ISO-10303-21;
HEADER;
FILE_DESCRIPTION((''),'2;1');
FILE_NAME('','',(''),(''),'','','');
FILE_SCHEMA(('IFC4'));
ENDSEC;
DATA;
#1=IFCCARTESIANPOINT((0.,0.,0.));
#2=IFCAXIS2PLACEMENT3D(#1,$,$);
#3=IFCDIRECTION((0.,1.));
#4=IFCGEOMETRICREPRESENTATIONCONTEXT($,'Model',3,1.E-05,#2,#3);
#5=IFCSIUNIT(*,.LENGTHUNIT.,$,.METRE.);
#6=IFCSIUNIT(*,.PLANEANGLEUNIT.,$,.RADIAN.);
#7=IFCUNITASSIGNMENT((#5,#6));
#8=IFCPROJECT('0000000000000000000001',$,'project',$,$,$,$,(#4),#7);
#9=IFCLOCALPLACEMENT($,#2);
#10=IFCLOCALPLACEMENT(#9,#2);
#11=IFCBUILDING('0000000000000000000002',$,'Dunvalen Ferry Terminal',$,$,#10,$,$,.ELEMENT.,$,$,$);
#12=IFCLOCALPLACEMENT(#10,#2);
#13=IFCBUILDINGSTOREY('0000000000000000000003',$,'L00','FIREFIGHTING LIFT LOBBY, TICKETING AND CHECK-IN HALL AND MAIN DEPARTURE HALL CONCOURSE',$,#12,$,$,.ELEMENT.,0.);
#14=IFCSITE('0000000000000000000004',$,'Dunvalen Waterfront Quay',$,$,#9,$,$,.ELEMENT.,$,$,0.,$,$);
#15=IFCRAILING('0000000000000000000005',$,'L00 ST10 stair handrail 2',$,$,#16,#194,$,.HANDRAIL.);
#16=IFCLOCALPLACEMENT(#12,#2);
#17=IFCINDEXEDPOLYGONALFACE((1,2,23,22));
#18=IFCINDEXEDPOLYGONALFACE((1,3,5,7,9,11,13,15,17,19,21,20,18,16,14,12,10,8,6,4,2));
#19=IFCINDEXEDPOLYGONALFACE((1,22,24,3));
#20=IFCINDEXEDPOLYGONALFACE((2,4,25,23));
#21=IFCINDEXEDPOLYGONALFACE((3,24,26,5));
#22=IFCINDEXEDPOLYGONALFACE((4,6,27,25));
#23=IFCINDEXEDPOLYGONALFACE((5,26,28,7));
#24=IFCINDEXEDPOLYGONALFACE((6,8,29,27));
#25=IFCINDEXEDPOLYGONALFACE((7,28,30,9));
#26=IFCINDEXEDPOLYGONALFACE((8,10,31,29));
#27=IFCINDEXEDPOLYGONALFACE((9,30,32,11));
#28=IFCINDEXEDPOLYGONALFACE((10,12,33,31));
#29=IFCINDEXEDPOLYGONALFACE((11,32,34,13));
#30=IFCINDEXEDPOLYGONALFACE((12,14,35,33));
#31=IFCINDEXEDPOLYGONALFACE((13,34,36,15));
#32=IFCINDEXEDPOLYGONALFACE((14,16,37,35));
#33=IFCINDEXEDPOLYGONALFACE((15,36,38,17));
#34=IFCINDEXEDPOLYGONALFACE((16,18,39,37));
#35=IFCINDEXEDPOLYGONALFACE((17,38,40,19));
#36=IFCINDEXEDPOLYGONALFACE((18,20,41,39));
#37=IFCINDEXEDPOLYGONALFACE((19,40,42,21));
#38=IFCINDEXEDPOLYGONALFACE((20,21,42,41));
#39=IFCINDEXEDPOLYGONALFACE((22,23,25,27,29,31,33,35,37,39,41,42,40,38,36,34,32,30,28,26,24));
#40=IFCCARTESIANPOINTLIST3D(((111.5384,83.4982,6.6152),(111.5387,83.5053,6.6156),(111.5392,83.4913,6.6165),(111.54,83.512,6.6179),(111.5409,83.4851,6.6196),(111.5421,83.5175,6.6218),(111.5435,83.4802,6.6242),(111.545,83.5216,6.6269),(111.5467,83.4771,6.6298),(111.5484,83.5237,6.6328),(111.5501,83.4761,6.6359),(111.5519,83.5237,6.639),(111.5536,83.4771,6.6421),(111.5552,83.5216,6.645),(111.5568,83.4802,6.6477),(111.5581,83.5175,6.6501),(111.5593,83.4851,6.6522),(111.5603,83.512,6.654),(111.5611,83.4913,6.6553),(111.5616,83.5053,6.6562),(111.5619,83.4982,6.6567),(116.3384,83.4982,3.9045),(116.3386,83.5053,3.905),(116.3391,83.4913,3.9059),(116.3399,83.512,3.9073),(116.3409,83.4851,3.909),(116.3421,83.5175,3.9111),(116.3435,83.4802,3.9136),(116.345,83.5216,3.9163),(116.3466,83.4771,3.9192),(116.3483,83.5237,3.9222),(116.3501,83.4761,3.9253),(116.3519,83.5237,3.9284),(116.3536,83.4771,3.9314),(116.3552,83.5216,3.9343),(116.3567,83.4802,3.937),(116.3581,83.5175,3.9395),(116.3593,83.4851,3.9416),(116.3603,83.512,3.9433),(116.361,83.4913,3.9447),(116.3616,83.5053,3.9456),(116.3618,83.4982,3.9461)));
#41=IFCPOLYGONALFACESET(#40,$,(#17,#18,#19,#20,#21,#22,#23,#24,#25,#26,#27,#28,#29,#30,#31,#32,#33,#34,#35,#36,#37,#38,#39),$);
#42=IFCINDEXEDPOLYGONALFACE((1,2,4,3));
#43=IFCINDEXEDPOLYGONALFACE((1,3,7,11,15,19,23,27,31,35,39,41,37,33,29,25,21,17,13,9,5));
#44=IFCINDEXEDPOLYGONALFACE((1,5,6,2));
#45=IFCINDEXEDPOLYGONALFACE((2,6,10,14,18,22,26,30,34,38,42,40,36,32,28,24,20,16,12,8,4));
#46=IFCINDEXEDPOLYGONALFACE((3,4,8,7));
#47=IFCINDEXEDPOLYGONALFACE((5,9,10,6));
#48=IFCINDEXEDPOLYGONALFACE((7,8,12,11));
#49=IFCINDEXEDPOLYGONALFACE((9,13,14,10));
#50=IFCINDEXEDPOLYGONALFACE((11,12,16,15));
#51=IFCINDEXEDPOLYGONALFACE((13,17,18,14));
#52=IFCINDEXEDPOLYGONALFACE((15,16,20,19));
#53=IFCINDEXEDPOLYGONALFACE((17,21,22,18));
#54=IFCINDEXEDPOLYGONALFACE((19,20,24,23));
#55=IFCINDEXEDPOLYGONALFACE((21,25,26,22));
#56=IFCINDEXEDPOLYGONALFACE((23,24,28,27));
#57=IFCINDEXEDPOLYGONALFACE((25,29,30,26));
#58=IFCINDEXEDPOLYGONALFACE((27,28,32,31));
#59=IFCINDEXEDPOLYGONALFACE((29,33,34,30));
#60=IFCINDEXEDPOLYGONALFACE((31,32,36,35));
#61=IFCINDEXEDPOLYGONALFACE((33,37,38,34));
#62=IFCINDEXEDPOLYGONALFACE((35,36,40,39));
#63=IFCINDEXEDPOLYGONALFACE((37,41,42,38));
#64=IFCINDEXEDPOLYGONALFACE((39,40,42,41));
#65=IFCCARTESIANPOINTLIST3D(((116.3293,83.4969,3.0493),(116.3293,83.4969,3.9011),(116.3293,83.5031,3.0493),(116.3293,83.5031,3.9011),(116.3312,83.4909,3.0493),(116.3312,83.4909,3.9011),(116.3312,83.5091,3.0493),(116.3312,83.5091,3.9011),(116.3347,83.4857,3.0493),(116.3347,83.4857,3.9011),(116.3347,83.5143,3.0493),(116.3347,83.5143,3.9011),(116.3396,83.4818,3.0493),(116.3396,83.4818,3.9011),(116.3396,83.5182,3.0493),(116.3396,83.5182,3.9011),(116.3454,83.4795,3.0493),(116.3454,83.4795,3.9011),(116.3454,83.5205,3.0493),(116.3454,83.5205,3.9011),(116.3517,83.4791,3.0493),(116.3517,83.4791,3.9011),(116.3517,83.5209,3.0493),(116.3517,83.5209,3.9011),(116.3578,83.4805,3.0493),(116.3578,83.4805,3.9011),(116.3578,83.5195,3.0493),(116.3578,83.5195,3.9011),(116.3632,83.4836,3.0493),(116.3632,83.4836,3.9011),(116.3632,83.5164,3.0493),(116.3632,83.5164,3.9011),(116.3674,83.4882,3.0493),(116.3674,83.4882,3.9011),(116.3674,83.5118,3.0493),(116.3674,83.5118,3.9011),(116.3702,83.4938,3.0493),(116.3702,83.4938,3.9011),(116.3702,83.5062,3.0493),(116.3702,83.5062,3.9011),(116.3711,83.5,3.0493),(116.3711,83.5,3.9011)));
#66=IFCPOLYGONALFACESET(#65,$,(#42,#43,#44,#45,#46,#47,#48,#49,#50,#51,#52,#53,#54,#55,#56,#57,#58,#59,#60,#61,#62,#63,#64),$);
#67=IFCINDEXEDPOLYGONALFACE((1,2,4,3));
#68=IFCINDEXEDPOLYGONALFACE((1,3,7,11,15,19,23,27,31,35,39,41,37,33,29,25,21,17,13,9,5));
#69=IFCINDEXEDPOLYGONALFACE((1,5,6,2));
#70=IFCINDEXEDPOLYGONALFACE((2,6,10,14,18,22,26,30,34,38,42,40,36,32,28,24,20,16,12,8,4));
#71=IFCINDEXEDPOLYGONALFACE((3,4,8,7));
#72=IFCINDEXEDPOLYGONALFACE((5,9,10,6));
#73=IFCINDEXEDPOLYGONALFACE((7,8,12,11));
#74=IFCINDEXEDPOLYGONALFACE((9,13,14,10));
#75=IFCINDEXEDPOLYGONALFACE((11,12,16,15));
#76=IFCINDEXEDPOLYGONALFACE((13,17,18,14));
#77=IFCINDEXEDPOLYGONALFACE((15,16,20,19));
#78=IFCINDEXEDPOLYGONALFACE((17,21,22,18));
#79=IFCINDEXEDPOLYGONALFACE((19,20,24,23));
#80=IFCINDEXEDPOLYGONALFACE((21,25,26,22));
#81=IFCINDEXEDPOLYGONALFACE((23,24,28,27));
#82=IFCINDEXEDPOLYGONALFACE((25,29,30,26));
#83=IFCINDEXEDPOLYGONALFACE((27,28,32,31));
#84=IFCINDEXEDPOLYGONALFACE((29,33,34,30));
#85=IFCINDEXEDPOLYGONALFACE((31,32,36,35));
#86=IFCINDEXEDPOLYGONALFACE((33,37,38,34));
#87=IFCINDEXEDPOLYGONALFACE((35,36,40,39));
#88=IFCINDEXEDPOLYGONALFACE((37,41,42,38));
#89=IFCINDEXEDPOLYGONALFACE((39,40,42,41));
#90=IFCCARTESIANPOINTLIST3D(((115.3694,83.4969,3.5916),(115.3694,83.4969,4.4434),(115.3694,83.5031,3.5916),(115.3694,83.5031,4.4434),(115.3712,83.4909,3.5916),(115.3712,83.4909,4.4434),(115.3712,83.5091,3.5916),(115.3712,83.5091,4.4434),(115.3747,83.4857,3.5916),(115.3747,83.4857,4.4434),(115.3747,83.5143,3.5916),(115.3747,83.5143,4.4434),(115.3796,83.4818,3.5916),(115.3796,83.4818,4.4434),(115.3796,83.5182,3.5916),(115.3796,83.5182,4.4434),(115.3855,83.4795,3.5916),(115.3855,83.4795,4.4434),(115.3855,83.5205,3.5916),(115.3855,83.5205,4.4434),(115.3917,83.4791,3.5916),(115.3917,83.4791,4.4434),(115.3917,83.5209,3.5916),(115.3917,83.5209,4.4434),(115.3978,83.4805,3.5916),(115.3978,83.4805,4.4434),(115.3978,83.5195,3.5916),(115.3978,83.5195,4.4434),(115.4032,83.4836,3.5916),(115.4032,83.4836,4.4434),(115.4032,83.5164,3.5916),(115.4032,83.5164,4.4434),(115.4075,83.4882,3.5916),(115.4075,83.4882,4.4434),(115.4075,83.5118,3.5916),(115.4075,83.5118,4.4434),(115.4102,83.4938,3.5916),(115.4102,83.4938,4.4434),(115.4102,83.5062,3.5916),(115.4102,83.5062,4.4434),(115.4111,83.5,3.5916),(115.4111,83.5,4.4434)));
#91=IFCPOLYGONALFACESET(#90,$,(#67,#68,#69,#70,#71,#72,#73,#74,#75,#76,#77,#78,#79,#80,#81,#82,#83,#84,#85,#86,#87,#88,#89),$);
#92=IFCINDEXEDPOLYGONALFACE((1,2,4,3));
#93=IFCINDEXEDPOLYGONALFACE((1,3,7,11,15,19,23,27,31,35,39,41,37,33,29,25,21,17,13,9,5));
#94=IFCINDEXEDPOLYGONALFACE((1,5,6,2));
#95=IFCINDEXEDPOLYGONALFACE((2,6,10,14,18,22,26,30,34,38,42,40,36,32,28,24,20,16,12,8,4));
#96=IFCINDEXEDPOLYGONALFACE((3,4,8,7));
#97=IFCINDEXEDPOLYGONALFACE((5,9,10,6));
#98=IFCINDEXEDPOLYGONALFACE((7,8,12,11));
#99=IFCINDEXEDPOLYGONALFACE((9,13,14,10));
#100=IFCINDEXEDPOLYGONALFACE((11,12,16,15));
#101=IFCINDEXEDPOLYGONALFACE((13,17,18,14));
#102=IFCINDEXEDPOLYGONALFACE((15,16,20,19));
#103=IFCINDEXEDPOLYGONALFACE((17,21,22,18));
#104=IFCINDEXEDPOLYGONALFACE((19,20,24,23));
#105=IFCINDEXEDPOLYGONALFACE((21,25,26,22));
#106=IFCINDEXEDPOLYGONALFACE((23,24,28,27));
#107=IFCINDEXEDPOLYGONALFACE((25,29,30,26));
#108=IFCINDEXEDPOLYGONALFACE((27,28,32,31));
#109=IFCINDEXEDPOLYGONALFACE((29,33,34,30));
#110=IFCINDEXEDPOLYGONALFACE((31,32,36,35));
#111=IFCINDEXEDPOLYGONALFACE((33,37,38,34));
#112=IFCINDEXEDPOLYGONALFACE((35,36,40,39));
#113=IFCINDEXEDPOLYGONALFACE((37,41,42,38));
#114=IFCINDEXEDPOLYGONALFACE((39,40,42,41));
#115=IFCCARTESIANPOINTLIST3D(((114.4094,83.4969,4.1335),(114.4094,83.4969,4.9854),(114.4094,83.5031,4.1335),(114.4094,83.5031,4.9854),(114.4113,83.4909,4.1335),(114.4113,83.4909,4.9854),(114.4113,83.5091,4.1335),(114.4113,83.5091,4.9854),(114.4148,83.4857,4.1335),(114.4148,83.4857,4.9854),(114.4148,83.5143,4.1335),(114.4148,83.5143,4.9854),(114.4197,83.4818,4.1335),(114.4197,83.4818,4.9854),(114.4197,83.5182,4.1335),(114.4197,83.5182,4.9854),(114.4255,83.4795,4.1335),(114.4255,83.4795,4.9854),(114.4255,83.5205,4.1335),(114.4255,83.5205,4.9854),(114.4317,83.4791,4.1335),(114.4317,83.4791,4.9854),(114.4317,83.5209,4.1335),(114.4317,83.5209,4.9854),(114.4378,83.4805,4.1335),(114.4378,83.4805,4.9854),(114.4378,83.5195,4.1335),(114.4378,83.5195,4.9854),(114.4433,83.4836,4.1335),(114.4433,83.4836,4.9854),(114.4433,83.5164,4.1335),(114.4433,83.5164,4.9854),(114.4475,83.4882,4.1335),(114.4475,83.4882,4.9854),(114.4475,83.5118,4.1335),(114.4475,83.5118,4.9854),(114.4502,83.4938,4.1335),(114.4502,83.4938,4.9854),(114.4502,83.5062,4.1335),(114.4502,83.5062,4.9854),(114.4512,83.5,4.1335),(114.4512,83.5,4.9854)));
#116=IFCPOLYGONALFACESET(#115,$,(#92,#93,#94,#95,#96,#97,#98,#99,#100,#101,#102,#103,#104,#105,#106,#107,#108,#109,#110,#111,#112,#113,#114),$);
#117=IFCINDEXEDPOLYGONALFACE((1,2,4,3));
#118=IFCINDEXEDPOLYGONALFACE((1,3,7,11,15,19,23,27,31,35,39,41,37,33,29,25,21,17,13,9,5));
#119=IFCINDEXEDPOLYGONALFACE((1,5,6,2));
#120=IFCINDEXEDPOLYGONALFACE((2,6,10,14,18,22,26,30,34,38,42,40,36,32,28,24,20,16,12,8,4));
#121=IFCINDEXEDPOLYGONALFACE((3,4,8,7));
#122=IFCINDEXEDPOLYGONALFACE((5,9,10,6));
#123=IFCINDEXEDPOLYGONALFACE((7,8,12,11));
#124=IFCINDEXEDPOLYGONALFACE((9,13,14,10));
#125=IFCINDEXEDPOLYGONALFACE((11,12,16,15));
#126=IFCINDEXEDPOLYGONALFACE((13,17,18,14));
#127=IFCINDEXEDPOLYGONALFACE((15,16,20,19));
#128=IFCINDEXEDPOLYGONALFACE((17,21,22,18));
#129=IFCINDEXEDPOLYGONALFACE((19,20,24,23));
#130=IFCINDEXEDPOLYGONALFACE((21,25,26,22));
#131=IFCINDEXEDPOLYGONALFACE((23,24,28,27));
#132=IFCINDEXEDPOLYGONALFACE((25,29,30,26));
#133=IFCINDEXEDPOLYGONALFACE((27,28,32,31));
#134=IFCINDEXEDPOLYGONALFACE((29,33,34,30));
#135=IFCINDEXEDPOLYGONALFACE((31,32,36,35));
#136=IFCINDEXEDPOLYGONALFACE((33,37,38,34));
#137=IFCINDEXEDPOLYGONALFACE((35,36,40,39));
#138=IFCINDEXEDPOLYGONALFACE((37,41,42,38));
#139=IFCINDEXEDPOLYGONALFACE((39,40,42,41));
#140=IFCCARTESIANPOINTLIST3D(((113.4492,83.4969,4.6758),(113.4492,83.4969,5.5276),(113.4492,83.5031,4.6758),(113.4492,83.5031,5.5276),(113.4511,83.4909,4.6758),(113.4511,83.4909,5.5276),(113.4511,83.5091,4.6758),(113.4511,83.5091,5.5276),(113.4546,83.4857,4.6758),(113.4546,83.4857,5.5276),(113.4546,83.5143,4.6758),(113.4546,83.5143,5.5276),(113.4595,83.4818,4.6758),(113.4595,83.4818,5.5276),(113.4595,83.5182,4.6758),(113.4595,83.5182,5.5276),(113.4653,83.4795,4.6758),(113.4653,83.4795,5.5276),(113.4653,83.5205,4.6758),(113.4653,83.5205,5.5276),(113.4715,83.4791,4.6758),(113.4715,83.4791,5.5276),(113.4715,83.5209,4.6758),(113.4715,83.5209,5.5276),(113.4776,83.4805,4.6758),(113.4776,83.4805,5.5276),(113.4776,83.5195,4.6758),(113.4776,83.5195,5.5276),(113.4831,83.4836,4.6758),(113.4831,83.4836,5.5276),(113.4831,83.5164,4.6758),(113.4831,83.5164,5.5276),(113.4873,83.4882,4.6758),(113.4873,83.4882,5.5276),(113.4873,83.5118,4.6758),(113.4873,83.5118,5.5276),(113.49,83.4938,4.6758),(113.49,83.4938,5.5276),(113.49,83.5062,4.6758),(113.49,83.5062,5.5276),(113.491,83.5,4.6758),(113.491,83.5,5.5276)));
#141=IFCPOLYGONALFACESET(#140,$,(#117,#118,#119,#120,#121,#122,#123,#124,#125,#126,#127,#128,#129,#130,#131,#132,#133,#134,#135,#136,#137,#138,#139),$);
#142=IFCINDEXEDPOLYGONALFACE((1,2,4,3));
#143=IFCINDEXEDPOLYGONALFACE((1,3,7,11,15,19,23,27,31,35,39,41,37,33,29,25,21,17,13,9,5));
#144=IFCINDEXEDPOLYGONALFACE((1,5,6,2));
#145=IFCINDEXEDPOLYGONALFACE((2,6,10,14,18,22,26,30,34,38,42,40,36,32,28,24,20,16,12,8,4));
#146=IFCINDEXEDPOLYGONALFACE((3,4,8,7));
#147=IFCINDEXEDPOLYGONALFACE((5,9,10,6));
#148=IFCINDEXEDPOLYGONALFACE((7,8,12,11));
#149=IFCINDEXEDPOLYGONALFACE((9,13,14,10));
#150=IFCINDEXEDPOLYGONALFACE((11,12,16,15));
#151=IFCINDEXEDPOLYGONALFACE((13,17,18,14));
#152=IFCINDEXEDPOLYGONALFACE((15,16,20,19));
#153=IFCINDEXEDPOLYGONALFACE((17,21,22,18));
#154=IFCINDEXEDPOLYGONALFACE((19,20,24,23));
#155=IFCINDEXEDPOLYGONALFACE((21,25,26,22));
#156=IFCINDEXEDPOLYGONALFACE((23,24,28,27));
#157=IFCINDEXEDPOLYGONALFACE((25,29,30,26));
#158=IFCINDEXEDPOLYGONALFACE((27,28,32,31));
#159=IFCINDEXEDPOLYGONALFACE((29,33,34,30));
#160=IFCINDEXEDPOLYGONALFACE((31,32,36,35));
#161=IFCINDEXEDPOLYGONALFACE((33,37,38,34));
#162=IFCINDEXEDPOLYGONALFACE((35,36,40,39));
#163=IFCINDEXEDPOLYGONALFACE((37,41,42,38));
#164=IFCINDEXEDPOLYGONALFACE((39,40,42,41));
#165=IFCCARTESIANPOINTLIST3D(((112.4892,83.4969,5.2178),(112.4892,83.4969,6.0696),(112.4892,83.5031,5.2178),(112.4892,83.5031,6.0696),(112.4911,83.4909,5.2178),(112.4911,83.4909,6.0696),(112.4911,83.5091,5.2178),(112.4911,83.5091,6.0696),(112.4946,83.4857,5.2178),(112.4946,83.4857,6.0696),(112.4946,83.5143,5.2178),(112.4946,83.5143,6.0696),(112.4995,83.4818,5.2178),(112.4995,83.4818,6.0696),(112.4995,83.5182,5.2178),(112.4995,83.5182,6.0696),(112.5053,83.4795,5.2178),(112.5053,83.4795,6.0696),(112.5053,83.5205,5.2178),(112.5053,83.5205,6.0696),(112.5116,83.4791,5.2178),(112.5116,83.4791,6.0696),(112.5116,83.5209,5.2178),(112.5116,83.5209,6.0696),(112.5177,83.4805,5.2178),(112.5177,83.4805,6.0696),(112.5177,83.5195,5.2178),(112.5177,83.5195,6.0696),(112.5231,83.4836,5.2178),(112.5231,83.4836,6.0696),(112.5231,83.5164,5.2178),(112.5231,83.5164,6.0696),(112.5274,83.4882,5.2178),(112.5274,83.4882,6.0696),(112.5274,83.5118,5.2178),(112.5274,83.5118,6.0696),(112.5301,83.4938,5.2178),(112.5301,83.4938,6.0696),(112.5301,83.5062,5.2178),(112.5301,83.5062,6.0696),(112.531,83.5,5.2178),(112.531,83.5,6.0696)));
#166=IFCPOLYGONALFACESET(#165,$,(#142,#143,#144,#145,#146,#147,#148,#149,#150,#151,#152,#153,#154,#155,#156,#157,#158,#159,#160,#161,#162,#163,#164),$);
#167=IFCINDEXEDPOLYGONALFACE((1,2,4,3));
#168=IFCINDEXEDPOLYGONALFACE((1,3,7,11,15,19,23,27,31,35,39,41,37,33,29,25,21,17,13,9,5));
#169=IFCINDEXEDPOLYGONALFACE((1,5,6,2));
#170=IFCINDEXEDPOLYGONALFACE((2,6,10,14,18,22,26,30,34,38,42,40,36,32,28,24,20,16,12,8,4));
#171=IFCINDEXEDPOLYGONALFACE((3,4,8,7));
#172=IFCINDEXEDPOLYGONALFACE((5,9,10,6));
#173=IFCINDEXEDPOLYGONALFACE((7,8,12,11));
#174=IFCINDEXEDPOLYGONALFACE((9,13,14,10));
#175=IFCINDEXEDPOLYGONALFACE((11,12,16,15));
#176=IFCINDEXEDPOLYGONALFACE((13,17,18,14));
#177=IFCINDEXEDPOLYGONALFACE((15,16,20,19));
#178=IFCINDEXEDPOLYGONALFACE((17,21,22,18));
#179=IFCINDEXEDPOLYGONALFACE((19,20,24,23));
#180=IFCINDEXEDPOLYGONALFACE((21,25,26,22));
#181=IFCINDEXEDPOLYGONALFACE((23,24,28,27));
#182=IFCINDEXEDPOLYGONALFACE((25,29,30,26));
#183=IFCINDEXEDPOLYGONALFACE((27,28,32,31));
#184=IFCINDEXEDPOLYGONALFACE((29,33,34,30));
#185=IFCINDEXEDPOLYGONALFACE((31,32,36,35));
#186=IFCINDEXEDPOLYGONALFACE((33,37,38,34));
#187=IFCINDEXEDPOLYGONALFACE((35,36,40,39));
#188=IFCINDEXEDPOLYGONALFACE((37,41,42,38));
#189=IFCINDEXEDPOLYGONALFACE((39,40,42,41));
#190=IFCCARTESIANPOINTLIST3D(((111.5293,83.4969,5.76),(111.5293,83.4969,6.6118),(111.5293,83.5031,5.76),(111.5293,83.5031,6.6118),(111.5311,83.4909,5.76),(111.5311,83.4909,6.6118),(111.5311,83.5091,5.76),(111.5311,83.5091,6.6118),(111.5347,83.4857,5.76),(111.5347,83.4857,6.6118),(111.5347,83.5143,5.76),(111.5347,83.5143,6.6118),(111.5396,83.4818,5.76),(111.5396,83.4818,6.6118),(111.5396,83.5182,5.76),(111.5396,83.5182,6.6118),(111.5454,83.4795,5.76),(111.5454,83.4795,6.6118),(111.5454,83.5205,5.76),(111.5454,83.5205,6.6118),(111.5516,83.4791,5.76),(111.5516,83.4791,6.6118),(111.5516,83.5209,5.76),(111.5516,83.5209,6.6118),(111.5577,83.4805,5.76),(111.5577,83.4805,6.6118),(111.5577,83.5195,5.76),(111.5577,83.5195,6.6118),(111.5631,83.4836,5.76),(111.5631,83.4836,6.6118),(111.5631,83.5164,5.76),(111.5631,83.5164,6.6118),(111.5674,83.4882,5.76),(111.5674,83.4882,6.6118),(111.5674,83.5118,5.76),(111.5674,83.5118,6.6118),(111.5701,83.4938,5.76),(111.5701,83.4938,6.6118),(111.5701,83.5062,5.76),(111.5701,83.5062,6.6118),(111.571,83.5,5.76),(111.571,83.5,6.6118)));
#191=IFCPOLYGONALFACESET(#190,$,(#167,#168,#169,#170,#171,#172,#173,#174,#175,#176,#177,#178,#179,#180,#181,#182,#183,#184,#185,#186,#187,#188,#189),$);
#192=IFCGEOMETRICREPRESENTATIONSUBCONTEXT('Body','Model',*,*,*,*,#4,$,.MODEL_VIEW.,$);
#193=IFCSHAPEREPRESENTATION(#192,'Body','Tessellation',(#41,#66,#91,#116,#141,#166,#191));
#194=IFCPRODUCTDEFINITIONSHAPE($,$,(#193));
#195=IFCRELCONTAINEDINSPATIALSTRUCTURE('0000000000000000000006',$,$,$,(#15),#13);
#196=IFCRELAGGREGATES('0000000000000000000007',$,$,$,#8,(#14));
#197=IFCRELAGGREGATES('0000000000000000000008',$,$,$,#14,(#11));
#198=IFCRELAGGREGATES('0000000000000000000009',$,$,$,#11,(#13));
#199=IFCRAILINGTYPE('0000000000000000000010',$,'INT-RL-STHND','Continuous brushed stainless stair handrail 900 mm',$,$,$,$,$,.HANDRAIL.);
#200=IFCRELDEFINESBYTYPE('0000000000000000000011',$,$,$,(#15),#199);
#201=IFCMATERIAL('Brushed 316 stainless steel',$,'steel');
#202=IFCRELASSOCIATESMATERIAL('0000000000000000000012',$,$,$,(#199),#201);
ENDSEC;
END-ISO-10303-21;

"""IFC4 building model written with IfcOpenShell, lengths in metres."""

from ifc_helpers import new_model, si_unit, direction, frame, origin, origin_2d, place, context, subcontext, project, spatial, circle, extrude, material, type_object, element, save


model = new_model("IFC4")

# Units and contexts
model_context = context("Model", 3, precision=1e-05, world=origin(), true_north=direction((0.0, 1.0)))
body_context = subcontext(model_context, "Body", "Model", "MODEL_VIEW")
ifc_project = project(units=[si_unit("LENGTHUNIT", "METRE"), si_unit("PLANEANGLEUNIT", "RADIAN")], contexts=[model_context])

# Site, building, storey
site_placement = place(None, origin())
site = spatial("IfcSite", under=ifc_project, at=site_placement, Name="Dunvalen Waterfront Quay", CompositionType="ELEMENT", RefElevation=0.0)
building_placement = place(site_placement, origin())
building = spatial("IfcBuilding", under=site, at=building_placement, Name="Dunvalen Ferry Terminal", CompositionType="ELEMENT")
storey_placement = place(building_placement, origin())
storey = spatial("IfcBuildingStorey", under=building, at=storey_placement, Name="L00", Description="FIREFIGHTING LIFT LOBBY, TICKETING AND CHECK-IN HALL AND MAIN DEPARTURE HALL CONCOURSE", CompositionType="ELEMENT", Elevation=0.0)

# Railing
ifc_material_1 = material(Name="Brushed 316 stainless steel", Category="steel")
railing_type_1 = type_object("IfcRailingType", Name="INT-RL-STHND", Description="Continuous brushed stainless stair handrail 900 mm", PredefinedType="HANDRAIL", material=ifc_material_1)
railing_1_placement = place(storey_placement, frame((116.3501, 83.5, 3.0493)))
element("IfcRailing", 1, at=railing_1_placement, inside=storey, type_object=railing_type_1, Name="L00 ST10 stair handrail 2", PredefinedType="HANDRAIL", context=body_context, shape_type="SweptSolid", body=[
    extrude(circle(Radius=0.0239, at=origin_2d()), frame((0.0, 0.0, 0.876), z_axis=(-0.870748, 0.0, 0.49173), x_axis=(0.0, -1.0, 0.0)), (0.0, 0.0, 1.0), 5.5125),
    extrude(circle(Radius=0.021, at=origin_2d()), origin(), (0.0, 0.0, 1.0), 0.8518),
    extrude(circle(Radius=0.021, at=origin_2d()), frame((-0.96, 0.0, 0.5422)), (0.0, 0.0, 1.0), 0.8518),
    extrude(circle(Radius=0.021, at=origin_2d()), frame((-1.9199, 0.0, 1.0842)), (0.0, 0.0, 1.0), 0.8518),
    extrude(circle(Radius=0.021, at=origin_2d()), frame((-2.8801, 0.0, 1.6265)), (0.0, 0.0, 1.0), 0.8518),
    extrude(circle(Radius=0.021, at=origin_2d()), frame((-3.8401, 0.0, 2.1685)), (0.0, 0.0, 1.0), 0.8518),
    extrude(circle(Radius=0.021, at=origin_2d()), frame((-4.8, 0.0, 2.7107)), (0.0, 0.0, 1.0), 0.8518),
])

save(model, "model.ifc")
